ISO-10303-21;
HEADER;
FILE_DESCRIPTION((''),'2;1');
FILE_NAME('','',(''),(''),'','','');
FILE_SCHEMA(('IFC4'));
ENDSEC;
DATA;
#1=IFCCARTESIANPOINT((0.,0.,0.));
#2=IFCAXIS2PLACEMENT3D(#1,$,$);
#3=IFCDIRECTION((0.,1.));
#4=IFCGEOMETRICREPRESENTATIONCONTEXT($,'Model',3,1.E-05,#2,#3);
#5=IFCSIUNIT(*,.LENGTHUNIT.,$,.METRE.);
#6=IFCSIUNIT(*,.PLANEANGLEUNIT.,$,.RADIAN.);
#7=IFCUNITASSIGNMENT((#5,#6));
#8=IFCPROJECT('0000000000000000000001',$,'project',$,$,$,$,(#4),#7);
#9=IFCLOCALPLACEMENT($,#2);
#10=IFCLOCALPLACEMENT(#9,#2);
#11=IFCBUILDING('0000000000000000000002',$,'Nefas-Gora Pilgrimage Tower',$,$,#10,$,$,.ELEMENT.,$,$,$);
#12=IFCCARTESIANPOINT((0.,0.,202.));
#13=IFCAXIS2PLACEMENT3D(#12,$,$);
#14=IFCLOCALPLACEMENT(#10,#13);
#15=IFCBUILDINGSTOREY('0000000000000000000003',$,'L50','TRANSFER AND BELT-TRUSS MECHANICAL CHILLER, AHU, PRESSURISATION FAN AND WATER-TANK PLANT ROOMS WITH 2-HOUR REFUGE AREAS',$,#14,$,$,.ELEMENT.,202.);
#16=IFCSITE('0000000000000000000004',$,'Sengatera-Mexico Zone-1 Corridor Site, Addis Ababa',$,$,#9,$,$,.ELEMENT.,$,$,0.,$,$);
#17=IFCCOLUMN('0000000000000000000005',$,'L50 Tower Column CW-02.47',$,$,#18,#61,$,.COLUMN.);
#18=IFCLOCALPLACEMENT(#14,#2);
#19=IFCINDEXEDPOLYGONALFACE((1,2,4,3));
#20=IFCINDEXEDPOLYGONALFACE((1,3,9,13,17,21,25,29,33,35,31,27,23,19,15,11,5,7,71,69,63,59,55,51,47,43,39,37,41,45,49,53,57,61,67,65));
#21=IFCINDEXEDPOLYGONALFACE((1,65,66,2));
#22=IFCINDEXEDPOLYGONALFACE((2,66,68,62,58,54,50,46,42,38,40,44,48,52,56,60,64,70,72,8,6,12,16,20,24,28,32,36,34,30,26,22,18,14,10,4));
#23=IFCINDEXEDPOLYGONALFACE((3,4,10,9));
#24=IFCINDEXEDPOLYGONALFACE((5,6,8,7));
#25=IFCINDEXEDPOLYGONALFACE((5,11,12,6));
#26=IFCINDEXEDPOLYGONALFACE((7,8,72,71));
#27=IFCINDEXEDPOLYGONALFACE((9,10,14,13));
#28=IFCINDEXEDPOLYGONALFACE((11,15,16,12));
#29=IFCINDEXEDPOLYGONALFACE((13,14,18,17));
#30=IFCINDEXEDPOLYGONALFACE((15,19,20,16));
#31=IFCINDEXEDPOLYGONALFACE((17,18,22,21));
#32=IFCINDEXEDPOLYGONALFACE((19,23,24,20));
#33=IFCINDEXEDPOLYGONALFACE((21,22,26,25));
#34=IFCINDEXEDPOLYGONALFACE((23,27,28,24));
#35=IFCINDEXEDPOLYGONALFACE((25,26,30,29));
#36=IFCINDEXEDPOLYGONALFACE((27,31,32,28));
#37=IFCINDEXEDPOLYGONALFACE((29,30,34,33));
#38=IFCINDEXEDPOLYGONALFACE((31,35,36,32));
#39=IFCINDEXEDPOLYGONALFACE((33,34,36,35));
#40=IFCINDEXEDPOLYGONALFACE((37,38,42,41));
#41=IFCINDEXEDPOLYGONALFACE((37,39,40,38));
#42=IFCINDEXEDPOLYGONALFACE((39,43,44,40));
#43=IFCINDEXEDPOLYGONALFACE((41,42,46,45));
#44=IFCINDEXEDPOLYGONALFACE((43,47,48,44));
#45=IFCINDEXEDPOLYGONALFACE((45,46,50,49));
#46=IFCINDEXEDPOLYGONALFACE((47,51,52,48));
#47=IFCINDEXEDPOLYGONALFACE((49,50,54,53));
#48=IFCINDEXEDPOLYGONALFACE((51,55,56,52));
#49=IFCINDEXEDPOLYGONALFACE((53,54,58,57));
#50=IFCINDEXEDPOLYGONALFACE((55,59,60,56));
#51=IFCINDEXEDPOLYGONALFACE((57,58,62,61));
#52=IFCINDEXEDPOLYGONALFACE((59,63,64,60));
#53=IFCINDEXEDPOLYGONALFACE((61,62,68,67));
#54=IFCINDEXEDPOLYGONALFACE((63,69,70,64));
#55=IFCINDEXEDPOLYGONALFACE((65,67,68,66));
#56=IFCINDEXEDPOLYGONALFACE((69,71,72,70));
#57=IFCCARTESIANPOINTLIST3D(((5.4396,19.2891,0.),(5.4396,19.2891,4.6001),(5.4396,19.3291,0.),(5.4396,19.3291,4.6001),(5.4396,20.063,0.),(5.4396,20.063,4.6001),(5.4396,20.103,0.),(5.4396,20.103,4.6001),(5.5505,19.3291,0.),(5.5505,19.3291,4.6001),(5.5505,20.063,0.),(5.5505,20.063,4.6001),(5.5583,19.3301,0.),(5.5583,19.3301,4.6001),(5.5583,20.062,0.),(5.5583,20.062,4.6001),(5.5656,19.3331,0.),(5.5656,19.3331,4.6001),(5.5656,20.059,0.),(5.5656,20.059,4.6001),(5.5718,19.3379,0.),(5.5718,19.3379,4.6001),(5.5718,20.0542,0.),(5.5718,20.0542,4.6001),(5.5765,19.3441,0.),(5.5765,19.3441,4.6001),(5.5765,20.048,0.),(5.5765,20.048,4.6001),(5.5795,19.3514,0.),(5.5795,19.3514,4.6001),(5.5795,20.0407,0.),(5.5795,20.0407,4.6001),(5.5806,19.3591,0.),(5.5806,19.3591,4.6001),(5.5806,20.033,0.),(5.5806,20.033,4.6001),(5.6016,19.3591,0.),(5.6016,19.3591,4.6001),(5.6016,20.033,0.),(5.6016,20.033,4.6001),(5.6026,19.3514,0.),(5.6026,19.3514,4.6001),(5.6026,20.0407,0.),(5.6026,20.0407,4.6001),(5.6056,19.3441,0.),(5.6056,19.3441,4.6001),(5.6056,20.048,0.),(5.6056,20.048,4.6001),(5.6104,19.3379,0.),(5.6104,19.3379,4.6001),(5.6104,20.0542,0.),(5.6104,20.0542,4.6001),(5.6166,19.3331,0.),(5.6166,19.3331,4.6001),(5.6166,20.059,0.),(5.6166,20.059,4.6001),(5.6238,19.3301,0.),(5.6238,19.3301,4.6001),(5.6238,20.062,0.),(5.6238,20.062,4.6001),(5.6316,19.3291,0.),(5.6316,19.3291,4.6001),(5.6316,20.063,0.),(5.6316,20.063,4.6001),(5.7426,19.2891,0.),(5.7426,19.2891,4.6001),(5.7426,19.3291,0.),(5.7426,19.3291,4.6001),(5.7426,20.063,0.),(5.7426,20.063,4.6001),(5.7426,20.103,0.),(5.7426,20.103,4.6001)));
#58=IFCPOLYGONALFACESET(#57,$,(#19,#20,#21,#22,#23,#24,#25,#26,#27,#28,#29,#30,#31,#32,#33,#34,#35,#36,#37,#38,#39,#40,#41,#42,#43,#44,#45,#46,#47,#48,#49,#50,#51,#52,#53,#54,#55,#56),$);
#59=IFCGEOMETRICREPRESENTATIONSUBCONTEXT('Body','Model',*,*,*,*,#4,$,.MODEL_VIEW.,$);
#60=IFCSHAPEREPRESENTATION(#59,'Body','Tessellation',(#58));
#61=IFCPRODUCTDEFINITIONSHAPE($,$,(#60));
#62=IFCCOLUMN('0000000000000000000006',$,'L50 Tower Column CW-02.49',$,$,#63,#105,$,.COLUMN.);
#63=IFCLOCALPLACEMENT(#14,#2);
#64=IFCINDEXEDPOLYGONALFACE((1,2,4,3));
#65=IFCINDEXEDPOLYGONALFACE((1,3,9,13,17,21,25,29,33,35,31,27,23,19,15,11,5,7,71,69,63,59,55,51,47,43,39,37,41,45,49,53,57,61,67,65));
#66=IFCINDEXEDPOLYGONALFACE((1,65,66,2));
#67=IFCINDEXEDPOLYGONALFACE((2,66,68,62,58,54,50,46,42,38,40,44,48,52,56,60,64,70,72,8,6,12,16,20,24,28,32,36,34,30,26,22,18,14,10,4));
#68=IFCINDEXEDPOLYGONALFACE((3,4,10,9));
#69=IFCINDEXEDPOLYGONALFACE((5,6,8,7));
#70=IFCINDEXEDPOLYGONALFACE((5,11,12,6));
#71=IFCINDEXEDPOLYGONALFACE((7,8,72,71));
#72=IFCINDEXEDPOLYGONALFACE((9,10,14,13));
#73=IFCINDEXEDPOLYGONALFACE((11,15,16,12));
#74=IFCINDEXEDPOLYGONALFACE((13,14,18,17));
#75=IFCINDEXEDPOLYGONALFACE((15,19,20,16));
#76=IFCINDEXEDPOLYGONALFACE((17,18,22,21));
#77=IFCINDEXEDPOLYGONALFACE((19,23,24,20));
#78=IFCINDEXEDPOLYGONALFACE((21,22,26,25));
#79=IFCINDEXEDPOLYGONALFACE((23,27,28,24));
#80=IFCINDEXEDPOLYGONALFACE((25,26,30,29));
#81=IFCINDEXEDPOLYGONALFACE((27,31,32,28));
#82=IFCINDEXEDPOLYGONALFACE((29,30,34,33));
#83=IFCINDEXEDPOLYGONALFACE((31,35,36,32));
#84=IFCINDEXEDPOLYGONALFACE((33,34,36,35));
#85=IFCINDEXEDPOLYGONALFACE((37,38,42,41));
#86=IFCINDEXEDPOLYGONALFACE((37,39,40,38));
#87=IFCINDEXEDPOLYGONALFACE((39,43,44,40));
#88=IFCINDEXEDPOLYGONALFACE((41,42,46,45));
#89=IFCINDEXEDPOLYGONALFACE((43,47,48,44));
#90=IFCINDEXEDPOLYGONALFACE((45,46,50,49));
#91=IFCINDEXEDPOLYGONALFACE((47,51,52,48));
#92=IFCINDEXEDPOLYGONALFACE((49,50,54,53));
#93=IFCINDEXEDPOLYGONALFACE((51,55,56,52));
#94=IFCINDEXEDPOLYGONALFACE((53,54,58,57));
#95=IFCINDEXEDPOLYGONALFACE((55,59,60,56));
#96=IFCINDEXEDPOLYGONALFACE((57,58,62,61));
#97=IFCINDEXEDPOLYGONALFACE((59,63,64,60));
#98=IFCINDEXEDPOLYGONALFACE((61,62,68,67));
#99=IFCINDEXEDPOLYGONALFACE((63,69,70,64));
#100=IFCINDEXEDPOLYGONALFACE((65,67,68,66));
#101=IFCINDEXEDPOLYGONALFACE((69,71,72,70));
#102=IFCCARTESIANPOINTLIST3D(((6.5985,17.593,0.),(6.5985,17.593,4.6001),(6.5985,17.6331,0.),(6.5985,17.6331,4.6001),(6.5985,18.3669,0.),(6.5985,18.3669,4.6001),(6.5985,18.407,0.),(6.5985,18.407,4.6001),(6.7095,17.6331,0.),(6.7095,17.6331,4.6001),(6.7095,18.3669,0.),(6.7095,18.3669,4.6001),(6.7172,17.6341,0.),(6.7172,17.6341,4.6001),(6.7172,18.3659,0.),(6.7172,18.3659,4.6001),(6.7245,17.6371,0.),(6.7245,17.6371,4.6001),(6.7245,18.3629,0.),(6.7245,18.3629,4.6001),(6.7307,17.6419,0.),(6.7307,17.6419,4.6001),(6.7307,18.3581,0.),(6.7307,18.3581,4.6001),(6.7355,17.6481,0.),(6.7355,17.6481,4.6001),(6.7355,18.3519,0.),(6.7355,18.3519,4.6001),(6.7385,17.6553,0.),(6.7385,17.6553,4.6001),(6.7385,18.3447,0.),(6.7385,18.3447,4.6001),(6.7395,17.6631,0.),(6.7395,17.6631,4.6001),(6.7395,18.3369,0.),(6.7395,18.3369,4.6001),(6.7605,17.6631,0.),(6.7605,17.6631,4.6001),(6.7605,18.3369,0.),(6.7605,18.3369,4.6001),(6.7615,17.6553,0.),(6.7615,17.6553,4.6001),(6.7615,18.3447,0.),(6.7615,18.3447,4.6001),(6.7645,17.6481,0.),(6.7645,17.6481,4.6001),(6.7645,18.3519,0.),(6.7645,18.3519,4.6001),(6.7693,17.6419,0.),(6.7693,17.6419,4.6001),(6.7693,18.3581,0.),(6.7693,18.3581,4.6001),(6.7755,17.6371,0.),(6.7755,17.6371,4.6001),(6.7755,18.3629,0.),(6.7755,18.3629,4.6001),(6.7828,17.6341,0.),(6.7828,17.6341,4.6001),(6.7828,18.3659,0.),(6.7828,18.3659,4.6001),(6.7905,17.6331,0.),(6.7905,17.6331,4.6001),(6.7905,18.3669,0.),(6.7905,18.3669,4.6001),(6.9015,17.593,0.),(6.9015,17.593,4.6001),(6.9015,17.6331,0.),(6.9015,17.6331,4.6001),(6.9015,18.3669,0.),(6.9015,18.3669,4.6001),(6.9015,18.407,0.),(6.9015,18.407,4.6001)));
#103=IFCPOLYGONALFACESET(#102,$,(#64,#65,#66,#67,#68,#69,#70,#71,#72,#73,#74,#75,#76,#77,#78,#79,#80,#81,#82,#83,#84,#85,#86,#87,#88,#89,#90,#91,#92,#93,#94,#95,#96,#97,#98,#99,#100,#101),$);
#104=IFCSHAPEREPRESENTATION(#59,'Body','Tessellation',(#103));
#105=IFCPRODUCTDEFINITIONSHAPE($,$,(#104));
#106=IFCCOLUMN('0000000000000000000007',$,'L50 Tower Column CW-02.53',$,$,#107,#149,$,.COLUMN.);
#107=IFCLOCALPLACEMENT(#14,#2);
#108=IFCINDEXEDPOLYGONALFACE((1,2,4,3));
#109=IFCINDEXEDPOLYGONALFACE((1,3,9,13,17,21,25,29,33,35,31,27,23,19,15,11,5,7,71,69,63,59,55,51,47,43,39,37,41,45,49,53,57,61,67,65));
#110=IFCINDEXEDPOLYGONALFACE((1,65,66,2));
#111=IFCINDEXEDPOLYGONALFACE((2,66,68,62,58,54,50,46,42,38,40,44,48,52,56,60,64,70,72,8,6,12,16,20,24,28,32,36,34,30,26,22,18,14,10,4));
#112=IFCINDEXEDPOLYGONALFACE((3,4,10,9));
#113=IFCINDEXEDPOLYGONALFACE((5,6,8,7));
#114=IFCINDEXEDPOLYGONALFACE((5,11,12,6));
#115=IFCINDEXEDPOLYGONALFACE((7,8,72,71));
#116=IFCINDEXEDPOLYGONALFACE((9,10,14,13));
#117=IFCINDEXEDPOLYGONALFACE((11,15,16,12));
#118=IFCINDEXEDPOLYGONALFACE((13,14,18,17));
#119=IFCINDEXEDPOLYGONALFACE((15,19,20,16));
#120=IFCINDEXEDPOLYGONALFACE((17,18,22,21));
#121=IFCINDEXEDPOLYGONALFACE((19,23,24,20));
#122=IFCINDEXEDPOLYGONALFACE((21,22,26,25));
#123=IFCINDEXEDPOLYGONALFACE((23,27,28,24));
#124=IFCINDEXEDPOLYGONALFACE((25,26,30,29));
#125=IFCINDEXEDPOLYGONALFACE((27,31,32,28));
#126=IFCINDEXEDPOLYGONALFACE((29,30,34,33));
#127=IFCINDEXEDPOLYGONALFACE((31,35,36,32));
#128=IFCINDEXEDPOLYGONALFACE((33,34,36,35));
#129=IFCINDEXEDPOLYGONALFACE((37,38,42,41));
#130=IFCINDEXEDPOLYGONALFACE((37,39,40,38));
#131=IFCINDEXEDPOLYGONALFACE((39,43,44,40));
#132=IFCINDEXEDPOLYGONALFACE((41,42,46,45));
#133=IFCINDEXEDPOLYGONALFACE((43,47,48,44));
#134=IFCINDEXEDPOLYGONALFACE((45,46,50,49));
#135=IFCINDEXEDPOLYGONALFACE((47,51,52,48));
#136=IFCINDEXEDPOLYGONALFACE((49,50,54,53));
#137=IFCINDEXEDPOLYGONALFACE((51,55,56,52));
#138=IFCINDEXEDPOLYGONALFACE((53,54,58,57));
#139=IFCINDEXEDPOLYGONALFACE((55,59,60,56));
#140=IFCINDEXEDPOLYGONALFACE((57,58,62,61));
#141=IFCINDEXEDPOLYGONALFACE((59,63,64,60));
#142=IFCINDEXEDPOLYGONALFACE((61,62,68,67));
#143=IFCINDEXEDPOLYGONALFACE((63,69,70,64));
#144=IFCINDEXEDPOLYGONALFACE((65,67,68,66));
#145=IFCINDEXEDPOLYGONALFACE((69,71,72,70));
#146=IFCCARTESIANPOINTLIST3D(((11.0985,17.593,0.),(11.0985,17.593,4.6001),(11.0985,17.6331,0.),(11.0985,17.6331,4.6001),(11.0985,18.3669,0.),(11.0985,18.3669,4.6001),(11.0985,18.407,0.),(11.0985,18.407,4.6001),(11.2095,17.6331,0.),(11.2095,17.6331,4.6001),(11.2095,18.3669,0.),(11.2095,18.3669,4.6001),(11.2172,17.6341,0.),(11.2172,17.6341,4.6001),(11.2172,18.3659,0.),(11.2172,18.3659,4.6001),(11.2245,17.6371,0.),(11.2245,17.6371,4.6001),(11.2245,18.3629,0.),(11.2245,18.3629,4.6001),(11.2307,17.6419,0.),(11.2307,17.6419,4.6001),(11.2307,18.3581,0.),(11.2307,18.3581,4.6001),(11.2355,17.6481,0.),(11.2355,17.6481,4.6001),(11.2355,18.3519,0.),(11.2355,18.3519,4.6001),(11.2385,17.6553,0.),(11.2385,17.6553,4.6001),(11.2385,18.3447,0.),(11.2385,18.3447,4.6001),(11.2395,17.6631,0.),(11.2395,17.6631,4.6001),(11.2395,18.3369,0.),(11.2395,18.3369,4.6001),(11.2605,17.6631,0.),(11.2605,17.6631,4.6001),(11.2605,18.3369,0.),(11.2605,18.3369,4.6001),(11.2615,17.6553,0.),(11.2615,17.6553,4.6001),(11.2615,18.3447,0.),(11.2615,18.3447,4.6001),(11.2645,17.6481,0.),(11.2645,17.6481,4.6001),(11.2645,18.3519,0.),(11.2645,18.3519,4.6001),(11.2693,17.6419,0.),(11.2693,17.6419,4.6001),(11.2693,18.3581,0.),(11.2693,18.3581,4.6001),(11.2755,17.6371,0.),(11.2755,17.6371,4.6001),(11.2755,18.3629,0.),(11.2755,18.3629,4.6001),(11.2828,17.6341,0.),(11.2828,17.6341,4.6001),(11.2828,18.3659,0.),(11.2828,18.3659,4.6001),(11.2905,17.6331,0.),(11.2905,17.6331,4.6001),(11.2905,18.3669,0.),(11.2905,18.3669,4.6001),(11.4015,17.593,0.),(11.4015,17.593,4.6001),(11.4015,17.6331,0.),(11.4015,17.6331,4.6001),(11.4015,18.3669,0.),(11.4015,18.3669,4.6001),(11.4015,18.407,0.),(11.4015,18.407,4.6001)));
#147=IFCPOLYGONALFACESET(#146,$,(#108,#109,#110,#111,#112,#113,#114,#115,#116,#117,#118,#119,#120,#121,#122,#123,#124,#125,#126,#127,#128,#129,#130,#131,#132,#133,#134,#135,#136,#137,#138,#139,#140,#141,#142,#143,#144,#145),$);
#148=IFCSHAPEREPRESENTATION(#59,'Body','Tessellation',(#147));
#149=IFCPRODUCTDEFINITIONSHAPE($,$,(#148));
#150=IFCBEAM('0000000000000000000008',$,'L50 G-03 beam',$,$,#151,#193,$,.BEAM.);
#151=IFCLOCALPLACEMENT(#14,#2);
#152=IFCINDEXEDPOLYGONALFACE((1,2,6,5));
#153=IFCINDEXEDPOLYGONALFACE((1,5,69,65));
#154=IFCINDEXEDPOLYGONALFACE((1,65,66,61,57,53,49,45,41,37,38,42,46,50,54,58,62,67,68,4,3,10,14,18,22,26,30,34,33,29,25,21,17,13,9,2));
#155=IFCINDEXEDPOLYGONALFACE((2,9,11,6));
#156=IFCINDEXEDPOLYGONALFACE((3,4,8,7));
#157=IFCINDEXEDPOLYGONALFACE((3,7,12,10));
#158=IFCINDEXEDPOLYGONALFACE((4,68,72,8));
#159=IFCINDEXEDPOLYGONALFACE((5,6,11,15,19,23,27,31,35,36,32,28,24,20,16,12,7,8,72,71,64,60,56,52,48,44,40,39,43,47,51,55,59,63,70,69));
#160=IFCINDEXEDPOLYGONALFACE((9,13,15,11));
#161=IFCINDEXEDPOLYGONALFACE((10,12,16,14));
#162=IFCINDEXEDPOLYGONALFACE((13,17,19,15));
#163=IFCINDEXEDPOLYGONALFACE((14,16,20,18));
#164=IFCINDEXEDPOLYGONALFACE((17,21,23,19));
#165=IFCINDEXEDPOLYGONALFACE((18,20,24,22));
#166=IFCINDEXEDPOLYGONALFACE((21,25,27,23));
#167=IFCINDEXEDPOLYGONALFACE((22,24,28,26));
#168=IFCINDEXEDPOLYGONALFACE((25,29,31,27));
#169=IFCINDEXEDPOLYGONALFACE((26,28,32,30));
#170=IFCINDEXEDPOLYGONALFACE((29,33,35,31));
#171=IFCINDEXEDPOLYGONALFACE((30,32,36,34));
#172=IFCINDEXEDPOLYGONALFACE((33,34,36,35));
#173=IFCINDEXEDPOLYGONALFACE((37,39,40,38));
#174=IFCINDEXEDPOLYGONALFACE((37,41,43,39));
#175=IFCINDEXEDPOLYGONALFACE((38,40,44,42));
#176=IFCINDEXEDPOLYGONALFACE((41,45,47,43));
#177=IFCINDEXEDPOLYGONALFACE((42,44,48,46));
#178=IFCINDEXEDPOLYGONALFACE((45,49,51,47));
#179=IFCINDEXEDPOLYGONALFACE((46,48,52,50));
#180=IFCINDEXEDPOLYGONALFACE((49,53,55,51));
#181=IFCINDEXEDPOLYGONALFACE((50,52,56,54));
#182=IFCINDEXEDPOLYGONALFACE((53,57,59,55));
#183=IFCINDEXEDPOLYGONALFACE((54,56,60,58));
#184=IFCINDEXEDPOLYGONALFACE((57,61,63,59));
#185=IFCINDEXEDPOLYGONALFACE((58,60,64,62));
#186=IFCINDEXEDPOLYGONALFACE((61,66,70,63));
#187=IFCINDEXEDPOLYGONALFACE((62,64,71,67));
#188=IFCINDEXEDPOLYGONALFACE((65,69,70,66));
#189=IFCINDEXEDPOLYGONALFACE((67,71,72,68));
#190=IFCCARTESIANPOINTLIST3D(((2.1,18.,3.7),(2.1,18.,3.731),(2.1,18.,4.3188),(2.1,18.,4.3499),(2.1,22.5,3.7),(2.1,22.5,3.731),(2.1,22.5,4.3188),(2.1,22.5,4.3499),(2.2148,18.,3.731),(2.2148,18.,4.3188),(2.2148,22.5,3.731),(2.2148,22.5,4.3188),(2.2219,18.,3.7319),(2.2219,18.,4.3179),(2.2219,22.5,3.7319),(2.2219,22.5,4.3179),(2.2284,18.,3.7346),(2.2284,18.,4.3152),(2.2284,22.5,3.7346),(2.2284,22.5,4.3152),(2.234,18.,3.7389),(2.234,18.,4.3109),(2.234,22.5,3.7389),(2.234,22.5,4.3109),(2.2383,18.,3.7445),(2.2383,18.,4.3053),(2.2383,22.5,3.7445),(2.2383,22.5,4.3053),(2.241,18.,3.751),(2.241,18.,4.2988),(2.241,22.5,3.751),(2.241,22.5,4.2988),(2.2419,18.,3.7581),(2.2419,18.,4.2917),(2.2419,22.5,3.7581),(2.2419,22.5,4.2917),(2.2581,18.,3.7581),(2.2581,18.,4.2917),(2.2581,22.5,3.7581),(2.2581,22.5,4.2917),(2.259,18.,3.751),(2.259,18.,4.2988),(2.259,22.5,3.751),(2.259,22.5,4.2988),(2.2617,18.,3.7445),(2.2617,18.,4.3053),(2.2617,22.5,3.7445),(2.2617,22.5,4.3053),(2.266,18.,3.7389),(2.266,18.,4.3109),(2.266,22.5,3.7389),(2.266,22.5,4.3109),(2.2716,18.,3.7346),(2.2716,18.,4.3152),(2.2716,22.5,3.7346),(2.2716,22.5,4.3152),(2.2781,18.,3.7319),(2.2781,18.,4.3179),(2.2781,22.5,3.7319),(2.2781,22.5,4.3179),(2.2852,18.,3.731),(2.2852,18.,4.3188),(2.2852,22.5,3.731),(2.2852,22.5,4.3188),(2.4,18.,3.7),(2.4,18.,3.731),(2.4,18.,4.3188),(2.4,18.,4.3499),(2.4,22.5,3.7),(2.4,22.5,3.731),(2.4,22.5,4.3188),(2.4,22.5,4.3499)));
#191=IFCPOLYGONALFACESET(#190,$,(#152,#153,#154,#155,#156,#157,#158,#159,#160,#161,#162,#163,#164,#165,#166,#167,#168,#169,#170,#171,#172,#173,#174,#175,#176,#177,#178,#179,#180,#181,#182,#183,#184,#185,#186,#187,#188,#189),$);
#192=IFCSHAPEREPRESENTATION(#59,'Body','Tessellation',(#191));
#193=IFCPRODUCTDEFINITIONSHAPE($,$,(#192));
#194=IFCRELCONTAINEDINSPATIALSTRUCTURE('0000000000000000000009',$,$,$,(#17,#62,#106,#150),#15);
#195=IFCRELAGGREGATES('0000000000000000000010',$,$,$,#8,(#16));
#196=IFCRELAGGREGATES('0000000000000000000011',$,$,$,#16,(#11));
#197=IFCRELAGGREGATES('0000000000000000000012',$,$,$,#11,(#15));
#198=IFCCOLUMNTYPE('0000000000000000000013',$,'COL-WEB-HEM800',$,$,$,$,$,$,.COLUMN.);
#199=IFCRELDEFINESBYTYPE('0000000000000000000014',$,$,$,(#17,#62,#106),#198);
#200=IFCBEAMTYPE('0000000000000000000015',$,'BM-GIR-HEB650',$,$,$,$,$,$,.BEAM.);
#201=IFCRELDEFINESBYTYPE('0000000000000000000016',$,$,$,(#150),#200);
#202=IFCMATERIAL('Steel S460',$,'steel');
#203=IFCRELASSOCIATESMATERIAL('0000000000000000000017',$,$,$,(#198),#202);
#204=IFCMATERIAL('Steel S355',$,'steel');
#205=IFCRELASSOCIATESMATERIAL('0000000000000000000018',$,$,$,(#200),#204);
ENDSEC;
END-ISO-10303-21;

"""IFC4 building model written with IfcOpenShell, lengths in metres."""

from ifc_helpers import new_model, si_unit, direction, frame, origin, origin_2d, place, context, subcontext, project, spatial, i_section, extrude, source, transform, mapped, material, material_profile, profile_set, type_object, element, save


model = new_model("IFC4")

# Units and contexts
model_context = context("Model", 3, precision=1e-05, world=origin(), true_north=direction((0.0, 1.0)))
body_context = subcontext(model_context, "Body", "Model", "MODEL_VIEW")
ifc_project = project(units=[si_unit("LENGTHUNIT", "METRE"), si_unit("PLANEANGLEUNIT", "RADIAN")], contexts=[model_context])

# Site, building, storey
site_placement = place(None, origin())
site = spatial("IfcSite", under=ifc_project, at=site_placement, Name="Sengatera-Mexico Zone-1 Corridor Site, Addis Ababa", CompositionType="ELEMENT", RefElevation=0.0)
building_placement = place(site_placement, origin())
building = spatial("IfcBuilding", under=site, at=building_placement, Name="Nefas-Gora Pilgrimage Tower", CompositionType="ELEMENT")
storey_placement = place(building_placement, frame((0.0, 0.0, 202.0)))
storey = spatial("IfcBuildingStorey", under=building, at=storey_placement, Name="L50", Description="TRANSFER AND BELT-TRUSS MECHANICAL CHILLER, AHU, PRESSURISATION FAN AND WATER-TANK PLANT ROOMS WITH 2-HOUR REFUGE AREAS", CompositionType="ELEMENT", Elevation=202.0)

# Columns
ifc_material_1 = material(Name="Steel S460", Category="steel")
ifc_material_profile_1 = material_profile(ifc_material_1, i_section(OverallWidth=0.303, OverallDepth=0.814, WebThickness=0.021, FlangeThickness=0.04, FilletRadius=0.03, at=origin_2d()), Name="HEM 800")
ifc_profile_set_1 = profile_set([ifc_material_profile_1], Name="Steel S460")
column_type_1 = type_object("IfcColumnType", Name="COL-WEB-HEM800", PredefinedType="COLUMN", material=ifc_profile_set_1)
shared_shape_1 = source(origin(), body_context, "Body", "SweptSolid", [
    extrude(i_section(OverallWidth=0.303, OverallDepth=0.814, WebThickness=0.021, FlangeThickness=0.04, FilletRadius=0.03, at=origin_2d()), origin(), (0.0, 0.0, 1.0), 4.6001),
])
for number, where, z_axis, x_axis, name in (
    (1, (5.5911, 19.696, 0.0), (0.0, 0.0, 1.0), (1.0, 0.0, 0.0), "L50 Tower Column CW-02.47"),
    (2, (6.75, 18.0, 0.0), (0.0, 0.0, 1.0), (1.0, 0.0, 0.0), "L50 Tower Column CW-02.49"),
    (3, (11.25, 18.0, 0.0), (0.0, 0.0, 1.0), (1.0, 0.0, 0.0), "L50 Tower Column CW-02.53"),
):
    element("IfcColumn", number, at=place(storey_placement, frame(where, z_axis=z_axis, x_axis=x_axis)), inside=storey, type_object=column_type_1, Name=name, PredefinedType="COLUMN", context=body_context, shape_type="MappedRepresentation", body=[
        mapped(shared_shape_1, transform((0.0, 0.0, 0.0), x_axis=(1.0, 0.0, 0.0), y_axis=(0.0, 1.0, 0.0), z_axis=(0.0, 0.0, 1.0), scale=1.0)),
    ])

# Beam
ifc_material_2 = material(Name="Steel S355", Category="steel")
ifc_material_profile_2 = material_profile(ifc_material_2, i_section(OverallWidth=0.3, OverallDepth=0.6499, WebThickness=0.0161, FlangeThickness=0.031, FilletRadius=0.0271, at=origin_2d()), Name="HEB 650")
ifc_profile_set_2 = profile_set([ifc_material_profile_2], Name="Steel S355")
beam_type_1 = type_object("IfcBeamType", Name="BM-GIR-HEB650", PredefinedType="BEAM", material=ifc_profile_set_2)
shared_shape_2 = source(origin(), body_context, "Body", "SweptSolid", [
    extrude(i_section(OverallWidth=0.3, OverallDepth=0.6499, WebThickness=0.0161, FlangeThickness=0.031, FilletRadius=0.0271, at=origin_2d()), origin(), (0.0, 0.0, 1.0), 4.5),
])
for number, where, z_axis, x_axis, name in (
    (4, (2.25, 18.0, 4.0249), (0.0, 1.0, 0.0), (-1.0, 0.0, 0.0), "L50 G-03 beam"),
):
    element("IfcBeam", number, at=place(storey_placement, frame(where, z_axis=z_axis, x_axis=x_axis)), inside=storey, type_object=beam_type_1, Name=name, PredefinedType="BEAM", context=body_context, shape_type="MappedRepresentation", body=[
        mapped(shared_shape_2, transform((0.0, 0.0, 0.0), x_axis=(1.0, 0.0, 0.0), y_axis=(0.0, 1.0, 0.0), z_axis=(0.0, 0.0, 1.0), scale=1.0)),
    ])

save(model, "model.ifc")
